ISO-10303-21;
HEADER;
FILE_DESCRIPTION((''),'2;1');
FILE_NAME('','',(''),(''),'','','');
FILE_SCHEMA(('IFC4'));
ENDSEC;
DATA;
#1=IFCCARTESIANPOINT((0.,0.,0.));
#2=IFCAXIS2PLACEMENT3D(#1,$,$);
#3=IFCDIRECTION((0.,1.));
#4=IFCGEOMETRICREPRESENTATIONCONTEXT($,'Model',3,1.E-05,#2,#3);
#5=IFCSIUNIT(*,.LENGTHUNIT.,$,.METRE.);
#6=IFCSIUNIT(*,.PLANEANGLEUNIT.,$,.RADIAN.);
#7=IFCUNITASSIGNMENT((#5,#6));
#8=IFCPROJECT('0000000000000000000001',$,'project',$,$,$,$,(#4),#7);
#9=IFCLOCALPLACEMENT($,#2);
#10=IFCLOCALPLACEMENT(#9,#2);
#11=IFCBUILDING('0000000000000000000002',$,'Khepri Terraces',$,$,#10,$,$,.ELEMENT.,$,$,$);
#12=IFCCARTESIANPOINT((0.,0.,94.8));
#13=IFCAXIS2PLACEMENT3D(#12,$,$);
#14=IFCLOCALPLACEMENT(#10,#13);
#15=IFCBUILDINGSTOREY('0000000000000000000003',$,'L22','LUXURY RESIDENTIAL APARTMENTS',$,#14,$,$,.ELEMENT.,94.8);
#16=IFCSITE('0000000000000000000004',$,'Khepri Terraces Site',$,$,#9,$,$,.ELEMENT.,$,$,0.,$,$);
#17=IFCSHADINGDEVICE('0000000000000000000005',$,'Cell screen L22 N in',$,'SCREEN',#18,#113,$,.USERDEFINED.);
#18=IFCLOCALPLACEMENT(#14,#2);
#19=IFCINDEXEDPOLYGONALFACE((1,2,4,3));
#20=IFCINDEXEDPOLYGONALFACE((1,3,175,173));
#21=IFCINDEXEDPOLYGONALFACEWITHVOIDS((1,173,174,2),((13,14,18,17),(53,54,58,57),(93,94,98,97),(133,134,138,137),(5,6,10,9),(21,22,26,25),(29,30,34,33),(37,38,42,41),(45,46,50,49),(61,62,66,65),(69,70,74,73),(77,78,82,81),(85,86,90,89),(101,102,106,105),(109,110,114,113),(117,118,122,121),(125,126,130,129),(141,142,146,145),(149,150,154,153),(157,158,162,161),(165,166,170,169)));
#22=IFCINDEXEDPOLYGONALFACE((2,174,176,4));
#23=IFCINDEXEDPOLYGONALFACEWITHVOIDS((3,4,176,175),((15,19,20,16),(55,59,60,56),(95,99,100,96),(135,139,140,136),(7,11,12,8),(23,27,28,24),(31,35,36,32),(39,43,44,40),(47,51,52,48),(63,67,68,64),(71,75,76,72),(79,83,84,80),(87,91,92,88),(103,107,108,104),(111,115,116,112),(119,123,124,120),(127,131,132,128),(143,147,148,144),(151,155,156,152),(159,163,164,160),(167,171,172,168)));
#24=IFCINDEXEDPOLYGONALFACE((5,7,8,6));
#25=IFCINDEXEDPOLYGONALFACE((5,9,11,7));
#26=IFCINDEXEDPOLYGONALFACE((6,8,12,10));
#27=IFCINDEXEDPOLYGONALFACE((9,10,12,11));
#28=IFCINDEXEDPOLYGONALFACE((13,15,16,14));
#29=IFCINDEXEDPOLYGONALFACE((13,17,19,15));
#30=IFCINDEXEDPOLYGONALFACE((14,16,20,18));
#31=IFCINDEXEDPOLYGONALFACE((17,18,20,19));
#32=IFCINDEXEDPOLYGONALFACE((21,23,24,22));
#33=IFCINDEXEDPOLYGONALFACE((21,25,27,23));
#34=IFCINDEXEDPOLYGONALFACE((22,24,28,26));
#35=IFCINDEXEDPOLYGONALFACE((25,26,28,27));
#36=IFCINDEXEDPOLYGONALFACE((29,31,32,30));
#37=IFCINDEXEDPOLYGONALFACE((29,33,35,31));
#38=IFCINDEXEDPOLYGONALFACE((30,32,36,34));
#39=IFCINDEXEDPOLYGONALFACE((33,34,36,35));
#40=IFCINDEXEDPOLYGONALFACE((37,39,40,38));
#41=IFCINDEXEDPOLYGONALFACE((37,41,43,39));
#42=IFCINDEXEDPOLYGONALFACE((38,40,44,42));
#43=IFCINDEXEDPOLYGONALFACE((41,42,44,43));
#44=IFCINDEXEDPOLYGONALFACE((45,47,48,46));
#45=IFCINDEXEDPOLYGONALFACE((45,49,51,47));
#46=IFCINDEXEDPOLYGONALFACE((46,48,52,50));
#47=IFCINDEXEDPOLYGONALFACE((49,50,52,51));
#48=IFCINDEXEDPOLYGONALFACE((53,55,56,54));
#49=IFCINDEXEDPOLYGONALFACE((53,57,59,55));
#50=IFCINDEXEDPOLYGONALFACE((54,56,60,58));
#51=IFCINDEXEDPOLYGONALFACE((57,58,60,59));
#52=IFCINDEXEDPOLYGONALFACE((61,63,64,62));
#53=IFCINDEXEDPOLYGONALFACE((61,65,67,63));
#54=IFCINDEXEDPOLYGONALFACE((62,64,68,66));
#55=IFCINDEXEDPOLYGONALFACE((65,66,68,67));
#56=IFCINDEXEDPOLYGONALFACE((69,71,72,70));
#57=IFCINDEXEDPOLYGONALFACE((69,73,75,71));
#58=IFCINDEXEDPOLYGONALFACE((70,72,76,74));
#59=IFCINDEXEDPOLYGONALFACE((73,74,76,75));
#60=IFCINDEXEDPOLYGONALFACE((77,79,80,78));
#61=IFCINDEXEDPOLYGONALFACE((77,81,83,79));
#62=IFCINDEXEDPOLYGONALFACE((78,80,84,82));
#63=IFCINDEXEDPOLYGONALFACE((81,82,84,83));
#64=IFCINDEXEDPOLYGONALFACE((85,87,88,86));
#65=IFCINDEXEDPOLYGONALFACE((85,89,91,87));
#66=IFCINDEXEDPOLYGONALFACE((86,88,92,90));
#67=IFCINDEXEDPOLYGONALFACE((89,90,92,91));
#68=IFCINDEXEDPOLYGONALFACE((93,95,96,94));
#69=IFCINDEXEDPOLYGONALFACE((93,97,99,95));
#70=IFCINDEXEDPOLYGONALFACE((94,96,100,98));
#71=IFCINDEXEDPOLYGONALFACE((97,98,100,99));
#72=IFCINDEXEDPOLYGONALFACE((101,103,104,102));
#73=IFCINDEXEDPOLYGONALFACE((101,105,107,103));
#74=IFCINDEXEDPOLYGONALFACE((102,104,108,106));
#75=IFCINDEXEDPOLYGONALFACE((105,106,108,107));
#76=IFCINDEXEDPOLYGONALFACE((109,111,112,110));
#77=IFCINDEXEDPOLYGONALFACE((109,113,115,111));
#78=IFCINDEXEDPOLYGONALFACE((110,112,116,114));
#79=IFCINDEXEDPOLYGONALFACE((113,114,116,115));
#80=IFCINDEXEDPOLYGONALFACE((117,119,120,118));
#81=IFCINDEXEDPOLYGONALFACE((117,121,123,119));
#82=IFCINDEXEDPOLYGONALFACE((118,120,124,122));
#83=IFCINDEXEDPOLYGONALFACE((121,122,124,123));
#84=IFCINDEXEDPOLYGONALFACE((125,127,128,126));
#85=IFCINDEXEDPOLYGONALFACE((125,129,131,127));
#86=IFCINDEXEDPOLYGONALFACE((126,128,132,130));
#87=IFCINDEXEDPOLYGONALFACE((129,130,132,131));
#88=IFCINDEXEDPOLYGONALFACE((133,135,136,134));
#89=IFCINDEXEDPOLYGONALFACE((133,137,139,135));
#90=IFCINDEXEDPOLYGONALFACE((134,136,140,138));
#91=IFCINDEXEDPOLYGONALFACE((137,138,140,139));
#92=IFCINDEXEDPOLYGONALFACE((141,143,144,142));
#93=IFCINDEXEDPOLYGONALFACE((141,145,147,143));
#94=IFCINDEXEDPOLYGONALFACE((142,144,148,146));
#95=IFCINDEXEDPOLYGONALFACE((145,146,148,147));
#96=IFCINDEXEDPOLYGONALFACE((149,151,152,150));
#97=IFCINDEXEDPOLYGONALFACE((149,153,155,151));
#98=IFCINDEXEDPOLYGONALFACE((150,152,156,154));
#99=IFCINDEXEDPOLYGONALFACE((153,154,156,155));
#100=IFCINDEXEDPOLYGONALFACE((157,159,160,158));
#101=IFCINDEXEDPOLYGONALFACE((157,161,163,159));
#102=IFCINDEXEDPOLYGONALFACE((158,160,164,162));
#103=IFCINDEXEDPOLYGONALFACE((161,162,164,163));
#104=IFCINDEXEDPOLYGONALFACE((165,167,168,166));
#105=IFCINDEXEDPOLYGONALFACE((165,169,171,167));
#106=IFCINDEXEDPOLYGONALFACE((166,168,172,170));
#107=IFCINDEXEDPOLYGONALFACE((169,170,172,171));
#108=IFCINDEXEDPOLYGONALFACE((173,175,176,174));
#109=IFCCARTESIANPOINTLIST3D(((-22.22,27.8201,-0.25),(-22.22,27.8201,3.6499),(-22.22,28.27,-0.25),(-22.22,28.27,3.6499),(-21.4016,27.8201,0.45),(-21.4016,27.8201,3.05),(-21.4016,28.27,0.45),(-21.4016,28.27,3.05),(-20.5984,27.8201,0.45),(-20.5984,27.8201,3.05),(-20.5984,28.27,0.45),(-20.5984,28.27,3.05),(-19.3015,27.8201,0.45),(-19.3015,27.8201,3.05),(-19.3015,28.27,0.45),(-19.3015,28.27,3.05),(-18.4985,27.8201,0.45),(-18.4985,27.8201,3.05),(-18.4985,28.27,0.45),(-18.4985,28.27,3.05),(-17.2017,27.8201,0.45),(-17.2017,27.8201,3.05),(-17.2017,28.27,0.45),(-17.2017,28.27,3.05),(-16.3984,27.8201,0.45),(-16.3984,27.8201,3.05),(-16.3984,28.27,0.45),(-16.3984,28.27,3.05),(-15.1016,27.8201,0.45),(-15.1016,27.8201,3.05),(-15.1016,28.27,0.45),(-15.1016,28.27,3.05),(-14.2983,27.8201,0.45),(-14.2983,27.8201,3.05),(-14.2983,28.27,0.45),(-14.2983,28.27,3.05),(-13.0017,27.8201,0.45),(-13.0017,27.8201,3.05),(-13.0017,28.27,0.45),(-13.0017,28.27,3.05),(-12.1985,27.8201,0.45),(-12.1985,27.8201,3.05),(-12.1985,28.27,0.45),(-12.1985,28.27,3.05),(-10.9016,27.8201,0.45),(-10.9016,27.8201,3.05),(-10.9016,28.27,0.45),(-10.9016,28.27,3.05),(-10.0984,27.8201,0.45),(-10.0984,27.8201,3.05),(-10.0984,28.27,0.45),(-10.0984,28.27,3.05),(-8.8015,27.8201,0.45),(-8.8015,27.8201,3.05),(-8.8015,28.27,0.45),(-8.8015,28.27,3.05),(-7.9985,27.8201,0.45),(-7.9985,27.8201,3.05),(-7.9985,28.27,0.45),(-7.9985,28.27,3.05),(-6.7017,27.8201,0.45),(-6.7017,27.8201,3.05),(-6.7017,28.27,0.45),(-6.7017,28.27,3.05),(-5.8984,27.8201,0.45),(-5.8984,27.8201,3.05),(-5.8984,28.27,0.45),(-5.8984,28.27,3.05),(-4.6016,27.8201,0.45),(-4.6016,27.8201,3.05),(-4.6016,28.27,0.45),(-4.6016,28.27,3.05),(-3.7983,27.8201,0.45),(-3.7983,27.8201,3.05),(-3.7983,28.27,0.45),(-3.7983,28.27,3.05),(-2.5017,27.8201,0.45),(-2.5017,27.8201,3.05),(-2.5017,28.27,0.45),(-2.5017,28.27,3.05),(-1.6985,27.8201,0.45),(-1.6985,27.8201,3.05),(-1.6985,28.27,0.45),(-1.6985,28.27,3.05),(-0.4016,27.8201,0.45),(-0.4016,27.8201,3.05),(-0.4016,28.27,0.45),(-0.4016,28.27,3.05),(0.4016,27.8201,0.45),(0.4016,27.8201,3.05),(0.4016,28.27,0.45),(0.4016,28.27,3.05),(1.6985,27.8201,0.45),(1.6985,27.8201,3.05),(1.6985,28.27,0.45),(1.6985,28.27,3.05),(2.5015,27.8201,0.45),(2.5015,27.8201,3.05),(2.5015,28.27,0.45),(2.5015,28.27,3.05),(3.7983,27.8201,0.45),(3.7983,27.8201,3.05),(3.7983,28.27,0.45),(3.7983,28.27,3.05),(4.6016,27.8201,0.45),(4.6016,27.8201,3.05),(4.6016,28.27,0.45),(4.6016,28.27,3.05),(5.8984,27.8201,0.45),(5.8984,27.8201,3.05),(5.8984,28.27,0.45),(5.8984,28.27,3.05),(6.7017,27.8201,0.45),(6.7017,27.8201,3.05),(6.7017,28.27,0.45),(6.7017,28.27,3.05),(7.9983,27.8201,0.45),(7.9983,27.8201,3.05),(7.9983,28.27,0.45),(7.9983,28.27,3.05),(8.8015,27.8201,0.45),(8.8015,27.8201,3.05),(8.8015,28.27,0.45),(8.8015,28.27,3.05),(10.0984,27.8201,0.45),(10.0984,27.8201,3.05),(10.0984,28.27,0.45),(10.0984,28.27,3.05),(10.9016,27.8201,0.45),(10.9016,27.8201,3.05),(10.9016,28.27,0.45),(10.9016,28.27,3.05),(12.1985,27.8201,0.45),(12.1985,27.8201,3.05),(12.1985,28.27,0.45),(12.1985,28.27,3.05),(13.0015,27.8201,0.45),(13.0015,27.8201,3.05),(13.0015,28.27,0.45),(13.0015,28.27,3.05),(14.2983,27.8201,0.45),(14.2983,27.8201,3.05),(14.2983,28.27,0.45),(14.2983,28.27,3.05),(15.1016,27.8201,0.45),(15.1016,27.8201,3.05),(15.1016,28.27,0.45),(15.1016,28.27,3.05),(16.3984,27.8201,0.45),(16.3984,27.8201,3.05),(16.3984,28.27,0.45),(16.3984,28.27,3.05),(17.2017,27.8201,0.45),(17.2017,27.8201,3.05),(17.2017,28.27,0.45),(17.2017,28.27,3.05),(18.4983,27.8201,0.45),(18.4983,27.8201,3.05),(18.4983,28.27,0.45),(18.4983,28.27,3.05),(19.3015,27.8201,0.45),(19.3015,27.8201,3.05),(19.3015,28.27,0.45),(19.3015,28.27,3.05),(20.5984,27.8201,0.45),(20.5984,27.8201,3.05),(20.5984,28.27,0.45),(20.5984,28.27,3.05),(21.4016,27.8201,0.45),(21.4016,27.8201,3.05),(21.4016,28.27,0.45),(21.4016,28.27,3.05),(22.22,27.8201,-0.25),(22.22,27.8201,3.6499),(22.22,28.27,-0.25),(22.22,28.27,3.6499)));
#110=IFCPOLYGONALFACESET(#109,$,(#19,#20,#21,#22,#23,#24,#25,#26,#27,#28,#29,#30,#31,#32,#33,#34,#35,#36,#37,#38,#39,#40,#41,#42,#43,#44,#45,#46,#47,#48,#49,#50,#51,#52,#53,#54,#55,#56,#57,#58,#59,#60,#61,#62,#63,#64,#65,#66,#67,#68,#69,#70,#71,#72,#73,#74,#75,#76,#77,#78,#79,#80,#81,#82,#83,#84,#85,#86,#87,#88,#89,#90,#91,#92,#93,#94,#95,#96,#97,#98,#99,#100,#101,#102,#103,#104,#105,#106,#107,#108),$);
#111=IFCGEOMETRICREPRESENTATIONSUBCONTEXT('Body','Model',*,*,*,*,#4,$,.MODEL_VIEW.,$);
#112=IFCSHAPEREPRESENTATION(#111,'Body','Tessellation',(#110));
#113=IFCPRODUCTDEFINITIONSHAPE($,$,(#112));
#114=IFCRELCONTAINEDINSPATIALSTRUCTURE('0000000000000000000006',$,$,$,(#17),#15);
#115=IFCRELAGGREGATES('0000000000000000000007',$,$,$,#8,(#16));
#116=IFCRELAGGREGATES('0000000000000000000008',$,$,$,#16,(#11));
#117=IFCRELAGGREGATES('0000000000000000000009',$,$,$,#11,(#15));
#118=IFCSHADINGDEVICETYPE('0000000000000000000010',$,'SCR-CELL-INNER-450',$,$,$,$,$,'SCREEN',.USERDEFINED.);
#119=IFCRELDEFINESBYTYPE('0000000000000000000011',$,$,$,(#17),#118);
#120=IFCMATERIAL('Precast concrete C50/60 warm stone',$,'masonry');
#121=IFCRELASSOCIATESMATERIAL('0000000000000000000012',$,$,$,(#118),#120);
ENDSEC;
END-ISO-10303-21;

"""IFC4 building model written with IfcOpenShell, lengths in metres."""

from ifc_helpers import new_model, si_unit, direction, frame, origin, place, context, subcontext, project, spatial, polyline, outline, extrude, material, type_object, element, save


model = new_model("IFC4")

# Units and contexts
model_context = context("Model", 3, precision=1e-05, world=origin(), true_north=direction((0.0, 1.0)))
body_context = subcontext(model_context, "Body", "Model", "MODEL_VIEW")
ifc_project = project(units=[si_unit("LENGTHUNIT", "METRE"), si_unit("PLANEANGLEUNIT", "RADIAN")], contexts=[model_context])

# Site, building, storey
site_placement = place(None, origin())
site = spatial("IfcSite", under=ifc_project, at=site_placement, Name="Khepri Terraces Site", CompositionType="ELEMENT", RefElevation=0.0)
building_placement = place(site_placement, origin())
building = spatial("IfcBuilding", under=site, at=building_placement, Name="Khepri Terraces", CompositionType="ELEMENT")
storey_placement = place(building_placement, frame((0.0, 0.0, 94.8)))
storey = spatial("IfcBuildingStorey", under=building, at=storey_placement, Name="L22", Description="LUXURY RESIDENTIAL APARTMENTS", CompositionType="ELEMENT", Elevation=94.8)

# Shared definitions
ifc_material_1 = material(Name="Precast concrete C50/60 warm stone", Category="masonry")

# Shading device
shading_device_type_1 = type_object("IfcShadingDeviceType", Name="SCR-CELL-INNER-450", ElementType="SCREEN", PredefinedType="USERDEFINED", material=ifc_material_1)
shading_device_1_placement = place(storey_placement, frame((22.22, 27.8201, -0.25), z_axis=(0.0, 1.0, 0.0), x_axis=(-1.0, 0.0, 0.0)))
element("IfcShadingDevice", 1, at=shading_device_1_placement, inside=storey, type_object=shading_device_type_1, Name="Cell screen L22 N in", ObjectType="SCREEN", PredefinedType="USERDEFINED", context=body_context, shape_type="SweptSolid", body=[
    extrude(outline(polyline([(0.0, 0.0), (44.4399, 0.0), (44.4399, 3.8999), (0.0, 3.8999), (0.0, 0.0)]), holes=[polyline([(0.8184, 0.7), (1.6216, 0.7), (1.6216, 3.3), (0.8184, 3.3), (0.8184, 0.7)]), polyline([(2.9185, 0.7), (3.7217, 0.7), (3.7217, 3.3), (2.9185, 3.3), (2.9185, 0.7)]), polyline([(5.0183, 0.7), (5.8215, 0.7), (5.8215, 3.3), (5.0183, 3.3), (5.0183, 0.7)]), polyline([(7.1184, 0.7), (7.9216, 0.7), (7.9216, 3.3), (7.1184, 3.3), (7.1184, 0.7)]), polyline([(9.2185, 0.7), (10.0215, 0.7), (10.0215, 3.3), (9.2185, 3.3), (9.2185, 0.7)]), polyline([(11.3184, 0.7), (12.1216, 0.7), (12.1216, 3.3), (11.3184, 3.3), (11.3184, 0.7)]), polyline([(13.4185, 0.7), (14.2217, 0.7), (14.2217, 3.3), (13.4185, 3.3), (13.4185, 0.7)]), polyline([(15.5183, 0.7), (16.3215, 0.7), (16.3215, 3.3), (15.5183, 3.3), (15.5183, 0.7)]), polyline([(17.6184, 0.7), (18.4216, 0.7), (18.4216, 3.3), (17.6184, 3.3), (17.6184, 0.7)]), polyline([(19.7185, 0.7), (20.5215, 0.7), (20.5215, 3.3), (19.7185, 3.3), (19.7185, 0.7)]), polyline([(21.8184, 0.7), (22.6216, 0.7), (22.6216, 3.3), (21.8184, 3.3), (21.8184, 0.7)]), polyline([(23.9185, 0.7), (24.7217, 0.7), (24.7217, 3.3), (23.9185, 3.3), (23.9185, 0.7)]), polyline([(26.0183, 0.7), (26.8215, 0.7), (26.8215, 3.3), (26.0183, 3.3), (26.0183, 0.7)]), polyline([(28.1184, 0.7), (28.9216, 0.7), (28.9216, 3.3), (28.1184, 3.3), (28.1184, 0.7)]), polyline([(30.2185, 0.7), (31.0215, 0.7), (31.0215, 3.3), (30.2185, 3.3), (30.2185, 0.7)]), polyline([(32.3184, 0.7), (33.1216, 0.7), (33.1216, 3.3), (32.3184, 3.3), (32.3184, 0.7)]), polyline([(34.4185, 0.7), (35.2217, 0.7), (35.2217, 3.3), (34.4185, 3.3), (34.4185, 0.7)]), polyline([(36.5183, 0.7), (37.3215, 0.7), (37.3215, 3.3), (36.5183, 3.3), (36.5183, 0.7)]), polyline([(38.6184, 0.7), (39.4216, 0.7), (39.4216, 3.3), (38.6184, 3.3), (38.6184, 0.7)]), polyline([(40.7185, 0.7), (41.5215, 0.7), (41.5215, 3.3), (40.7185, 3.3), (40.7185, 0.7)]), polyline([(42.8184, 0.7), (43.6216, 0.7), (43.6216, 3.3), (42.8184, 3.3), (42.8184, 0.7)])]), origin(), (0.0, 0.0, 1.0), 0.45),
])

save(model, "model.ifc")
